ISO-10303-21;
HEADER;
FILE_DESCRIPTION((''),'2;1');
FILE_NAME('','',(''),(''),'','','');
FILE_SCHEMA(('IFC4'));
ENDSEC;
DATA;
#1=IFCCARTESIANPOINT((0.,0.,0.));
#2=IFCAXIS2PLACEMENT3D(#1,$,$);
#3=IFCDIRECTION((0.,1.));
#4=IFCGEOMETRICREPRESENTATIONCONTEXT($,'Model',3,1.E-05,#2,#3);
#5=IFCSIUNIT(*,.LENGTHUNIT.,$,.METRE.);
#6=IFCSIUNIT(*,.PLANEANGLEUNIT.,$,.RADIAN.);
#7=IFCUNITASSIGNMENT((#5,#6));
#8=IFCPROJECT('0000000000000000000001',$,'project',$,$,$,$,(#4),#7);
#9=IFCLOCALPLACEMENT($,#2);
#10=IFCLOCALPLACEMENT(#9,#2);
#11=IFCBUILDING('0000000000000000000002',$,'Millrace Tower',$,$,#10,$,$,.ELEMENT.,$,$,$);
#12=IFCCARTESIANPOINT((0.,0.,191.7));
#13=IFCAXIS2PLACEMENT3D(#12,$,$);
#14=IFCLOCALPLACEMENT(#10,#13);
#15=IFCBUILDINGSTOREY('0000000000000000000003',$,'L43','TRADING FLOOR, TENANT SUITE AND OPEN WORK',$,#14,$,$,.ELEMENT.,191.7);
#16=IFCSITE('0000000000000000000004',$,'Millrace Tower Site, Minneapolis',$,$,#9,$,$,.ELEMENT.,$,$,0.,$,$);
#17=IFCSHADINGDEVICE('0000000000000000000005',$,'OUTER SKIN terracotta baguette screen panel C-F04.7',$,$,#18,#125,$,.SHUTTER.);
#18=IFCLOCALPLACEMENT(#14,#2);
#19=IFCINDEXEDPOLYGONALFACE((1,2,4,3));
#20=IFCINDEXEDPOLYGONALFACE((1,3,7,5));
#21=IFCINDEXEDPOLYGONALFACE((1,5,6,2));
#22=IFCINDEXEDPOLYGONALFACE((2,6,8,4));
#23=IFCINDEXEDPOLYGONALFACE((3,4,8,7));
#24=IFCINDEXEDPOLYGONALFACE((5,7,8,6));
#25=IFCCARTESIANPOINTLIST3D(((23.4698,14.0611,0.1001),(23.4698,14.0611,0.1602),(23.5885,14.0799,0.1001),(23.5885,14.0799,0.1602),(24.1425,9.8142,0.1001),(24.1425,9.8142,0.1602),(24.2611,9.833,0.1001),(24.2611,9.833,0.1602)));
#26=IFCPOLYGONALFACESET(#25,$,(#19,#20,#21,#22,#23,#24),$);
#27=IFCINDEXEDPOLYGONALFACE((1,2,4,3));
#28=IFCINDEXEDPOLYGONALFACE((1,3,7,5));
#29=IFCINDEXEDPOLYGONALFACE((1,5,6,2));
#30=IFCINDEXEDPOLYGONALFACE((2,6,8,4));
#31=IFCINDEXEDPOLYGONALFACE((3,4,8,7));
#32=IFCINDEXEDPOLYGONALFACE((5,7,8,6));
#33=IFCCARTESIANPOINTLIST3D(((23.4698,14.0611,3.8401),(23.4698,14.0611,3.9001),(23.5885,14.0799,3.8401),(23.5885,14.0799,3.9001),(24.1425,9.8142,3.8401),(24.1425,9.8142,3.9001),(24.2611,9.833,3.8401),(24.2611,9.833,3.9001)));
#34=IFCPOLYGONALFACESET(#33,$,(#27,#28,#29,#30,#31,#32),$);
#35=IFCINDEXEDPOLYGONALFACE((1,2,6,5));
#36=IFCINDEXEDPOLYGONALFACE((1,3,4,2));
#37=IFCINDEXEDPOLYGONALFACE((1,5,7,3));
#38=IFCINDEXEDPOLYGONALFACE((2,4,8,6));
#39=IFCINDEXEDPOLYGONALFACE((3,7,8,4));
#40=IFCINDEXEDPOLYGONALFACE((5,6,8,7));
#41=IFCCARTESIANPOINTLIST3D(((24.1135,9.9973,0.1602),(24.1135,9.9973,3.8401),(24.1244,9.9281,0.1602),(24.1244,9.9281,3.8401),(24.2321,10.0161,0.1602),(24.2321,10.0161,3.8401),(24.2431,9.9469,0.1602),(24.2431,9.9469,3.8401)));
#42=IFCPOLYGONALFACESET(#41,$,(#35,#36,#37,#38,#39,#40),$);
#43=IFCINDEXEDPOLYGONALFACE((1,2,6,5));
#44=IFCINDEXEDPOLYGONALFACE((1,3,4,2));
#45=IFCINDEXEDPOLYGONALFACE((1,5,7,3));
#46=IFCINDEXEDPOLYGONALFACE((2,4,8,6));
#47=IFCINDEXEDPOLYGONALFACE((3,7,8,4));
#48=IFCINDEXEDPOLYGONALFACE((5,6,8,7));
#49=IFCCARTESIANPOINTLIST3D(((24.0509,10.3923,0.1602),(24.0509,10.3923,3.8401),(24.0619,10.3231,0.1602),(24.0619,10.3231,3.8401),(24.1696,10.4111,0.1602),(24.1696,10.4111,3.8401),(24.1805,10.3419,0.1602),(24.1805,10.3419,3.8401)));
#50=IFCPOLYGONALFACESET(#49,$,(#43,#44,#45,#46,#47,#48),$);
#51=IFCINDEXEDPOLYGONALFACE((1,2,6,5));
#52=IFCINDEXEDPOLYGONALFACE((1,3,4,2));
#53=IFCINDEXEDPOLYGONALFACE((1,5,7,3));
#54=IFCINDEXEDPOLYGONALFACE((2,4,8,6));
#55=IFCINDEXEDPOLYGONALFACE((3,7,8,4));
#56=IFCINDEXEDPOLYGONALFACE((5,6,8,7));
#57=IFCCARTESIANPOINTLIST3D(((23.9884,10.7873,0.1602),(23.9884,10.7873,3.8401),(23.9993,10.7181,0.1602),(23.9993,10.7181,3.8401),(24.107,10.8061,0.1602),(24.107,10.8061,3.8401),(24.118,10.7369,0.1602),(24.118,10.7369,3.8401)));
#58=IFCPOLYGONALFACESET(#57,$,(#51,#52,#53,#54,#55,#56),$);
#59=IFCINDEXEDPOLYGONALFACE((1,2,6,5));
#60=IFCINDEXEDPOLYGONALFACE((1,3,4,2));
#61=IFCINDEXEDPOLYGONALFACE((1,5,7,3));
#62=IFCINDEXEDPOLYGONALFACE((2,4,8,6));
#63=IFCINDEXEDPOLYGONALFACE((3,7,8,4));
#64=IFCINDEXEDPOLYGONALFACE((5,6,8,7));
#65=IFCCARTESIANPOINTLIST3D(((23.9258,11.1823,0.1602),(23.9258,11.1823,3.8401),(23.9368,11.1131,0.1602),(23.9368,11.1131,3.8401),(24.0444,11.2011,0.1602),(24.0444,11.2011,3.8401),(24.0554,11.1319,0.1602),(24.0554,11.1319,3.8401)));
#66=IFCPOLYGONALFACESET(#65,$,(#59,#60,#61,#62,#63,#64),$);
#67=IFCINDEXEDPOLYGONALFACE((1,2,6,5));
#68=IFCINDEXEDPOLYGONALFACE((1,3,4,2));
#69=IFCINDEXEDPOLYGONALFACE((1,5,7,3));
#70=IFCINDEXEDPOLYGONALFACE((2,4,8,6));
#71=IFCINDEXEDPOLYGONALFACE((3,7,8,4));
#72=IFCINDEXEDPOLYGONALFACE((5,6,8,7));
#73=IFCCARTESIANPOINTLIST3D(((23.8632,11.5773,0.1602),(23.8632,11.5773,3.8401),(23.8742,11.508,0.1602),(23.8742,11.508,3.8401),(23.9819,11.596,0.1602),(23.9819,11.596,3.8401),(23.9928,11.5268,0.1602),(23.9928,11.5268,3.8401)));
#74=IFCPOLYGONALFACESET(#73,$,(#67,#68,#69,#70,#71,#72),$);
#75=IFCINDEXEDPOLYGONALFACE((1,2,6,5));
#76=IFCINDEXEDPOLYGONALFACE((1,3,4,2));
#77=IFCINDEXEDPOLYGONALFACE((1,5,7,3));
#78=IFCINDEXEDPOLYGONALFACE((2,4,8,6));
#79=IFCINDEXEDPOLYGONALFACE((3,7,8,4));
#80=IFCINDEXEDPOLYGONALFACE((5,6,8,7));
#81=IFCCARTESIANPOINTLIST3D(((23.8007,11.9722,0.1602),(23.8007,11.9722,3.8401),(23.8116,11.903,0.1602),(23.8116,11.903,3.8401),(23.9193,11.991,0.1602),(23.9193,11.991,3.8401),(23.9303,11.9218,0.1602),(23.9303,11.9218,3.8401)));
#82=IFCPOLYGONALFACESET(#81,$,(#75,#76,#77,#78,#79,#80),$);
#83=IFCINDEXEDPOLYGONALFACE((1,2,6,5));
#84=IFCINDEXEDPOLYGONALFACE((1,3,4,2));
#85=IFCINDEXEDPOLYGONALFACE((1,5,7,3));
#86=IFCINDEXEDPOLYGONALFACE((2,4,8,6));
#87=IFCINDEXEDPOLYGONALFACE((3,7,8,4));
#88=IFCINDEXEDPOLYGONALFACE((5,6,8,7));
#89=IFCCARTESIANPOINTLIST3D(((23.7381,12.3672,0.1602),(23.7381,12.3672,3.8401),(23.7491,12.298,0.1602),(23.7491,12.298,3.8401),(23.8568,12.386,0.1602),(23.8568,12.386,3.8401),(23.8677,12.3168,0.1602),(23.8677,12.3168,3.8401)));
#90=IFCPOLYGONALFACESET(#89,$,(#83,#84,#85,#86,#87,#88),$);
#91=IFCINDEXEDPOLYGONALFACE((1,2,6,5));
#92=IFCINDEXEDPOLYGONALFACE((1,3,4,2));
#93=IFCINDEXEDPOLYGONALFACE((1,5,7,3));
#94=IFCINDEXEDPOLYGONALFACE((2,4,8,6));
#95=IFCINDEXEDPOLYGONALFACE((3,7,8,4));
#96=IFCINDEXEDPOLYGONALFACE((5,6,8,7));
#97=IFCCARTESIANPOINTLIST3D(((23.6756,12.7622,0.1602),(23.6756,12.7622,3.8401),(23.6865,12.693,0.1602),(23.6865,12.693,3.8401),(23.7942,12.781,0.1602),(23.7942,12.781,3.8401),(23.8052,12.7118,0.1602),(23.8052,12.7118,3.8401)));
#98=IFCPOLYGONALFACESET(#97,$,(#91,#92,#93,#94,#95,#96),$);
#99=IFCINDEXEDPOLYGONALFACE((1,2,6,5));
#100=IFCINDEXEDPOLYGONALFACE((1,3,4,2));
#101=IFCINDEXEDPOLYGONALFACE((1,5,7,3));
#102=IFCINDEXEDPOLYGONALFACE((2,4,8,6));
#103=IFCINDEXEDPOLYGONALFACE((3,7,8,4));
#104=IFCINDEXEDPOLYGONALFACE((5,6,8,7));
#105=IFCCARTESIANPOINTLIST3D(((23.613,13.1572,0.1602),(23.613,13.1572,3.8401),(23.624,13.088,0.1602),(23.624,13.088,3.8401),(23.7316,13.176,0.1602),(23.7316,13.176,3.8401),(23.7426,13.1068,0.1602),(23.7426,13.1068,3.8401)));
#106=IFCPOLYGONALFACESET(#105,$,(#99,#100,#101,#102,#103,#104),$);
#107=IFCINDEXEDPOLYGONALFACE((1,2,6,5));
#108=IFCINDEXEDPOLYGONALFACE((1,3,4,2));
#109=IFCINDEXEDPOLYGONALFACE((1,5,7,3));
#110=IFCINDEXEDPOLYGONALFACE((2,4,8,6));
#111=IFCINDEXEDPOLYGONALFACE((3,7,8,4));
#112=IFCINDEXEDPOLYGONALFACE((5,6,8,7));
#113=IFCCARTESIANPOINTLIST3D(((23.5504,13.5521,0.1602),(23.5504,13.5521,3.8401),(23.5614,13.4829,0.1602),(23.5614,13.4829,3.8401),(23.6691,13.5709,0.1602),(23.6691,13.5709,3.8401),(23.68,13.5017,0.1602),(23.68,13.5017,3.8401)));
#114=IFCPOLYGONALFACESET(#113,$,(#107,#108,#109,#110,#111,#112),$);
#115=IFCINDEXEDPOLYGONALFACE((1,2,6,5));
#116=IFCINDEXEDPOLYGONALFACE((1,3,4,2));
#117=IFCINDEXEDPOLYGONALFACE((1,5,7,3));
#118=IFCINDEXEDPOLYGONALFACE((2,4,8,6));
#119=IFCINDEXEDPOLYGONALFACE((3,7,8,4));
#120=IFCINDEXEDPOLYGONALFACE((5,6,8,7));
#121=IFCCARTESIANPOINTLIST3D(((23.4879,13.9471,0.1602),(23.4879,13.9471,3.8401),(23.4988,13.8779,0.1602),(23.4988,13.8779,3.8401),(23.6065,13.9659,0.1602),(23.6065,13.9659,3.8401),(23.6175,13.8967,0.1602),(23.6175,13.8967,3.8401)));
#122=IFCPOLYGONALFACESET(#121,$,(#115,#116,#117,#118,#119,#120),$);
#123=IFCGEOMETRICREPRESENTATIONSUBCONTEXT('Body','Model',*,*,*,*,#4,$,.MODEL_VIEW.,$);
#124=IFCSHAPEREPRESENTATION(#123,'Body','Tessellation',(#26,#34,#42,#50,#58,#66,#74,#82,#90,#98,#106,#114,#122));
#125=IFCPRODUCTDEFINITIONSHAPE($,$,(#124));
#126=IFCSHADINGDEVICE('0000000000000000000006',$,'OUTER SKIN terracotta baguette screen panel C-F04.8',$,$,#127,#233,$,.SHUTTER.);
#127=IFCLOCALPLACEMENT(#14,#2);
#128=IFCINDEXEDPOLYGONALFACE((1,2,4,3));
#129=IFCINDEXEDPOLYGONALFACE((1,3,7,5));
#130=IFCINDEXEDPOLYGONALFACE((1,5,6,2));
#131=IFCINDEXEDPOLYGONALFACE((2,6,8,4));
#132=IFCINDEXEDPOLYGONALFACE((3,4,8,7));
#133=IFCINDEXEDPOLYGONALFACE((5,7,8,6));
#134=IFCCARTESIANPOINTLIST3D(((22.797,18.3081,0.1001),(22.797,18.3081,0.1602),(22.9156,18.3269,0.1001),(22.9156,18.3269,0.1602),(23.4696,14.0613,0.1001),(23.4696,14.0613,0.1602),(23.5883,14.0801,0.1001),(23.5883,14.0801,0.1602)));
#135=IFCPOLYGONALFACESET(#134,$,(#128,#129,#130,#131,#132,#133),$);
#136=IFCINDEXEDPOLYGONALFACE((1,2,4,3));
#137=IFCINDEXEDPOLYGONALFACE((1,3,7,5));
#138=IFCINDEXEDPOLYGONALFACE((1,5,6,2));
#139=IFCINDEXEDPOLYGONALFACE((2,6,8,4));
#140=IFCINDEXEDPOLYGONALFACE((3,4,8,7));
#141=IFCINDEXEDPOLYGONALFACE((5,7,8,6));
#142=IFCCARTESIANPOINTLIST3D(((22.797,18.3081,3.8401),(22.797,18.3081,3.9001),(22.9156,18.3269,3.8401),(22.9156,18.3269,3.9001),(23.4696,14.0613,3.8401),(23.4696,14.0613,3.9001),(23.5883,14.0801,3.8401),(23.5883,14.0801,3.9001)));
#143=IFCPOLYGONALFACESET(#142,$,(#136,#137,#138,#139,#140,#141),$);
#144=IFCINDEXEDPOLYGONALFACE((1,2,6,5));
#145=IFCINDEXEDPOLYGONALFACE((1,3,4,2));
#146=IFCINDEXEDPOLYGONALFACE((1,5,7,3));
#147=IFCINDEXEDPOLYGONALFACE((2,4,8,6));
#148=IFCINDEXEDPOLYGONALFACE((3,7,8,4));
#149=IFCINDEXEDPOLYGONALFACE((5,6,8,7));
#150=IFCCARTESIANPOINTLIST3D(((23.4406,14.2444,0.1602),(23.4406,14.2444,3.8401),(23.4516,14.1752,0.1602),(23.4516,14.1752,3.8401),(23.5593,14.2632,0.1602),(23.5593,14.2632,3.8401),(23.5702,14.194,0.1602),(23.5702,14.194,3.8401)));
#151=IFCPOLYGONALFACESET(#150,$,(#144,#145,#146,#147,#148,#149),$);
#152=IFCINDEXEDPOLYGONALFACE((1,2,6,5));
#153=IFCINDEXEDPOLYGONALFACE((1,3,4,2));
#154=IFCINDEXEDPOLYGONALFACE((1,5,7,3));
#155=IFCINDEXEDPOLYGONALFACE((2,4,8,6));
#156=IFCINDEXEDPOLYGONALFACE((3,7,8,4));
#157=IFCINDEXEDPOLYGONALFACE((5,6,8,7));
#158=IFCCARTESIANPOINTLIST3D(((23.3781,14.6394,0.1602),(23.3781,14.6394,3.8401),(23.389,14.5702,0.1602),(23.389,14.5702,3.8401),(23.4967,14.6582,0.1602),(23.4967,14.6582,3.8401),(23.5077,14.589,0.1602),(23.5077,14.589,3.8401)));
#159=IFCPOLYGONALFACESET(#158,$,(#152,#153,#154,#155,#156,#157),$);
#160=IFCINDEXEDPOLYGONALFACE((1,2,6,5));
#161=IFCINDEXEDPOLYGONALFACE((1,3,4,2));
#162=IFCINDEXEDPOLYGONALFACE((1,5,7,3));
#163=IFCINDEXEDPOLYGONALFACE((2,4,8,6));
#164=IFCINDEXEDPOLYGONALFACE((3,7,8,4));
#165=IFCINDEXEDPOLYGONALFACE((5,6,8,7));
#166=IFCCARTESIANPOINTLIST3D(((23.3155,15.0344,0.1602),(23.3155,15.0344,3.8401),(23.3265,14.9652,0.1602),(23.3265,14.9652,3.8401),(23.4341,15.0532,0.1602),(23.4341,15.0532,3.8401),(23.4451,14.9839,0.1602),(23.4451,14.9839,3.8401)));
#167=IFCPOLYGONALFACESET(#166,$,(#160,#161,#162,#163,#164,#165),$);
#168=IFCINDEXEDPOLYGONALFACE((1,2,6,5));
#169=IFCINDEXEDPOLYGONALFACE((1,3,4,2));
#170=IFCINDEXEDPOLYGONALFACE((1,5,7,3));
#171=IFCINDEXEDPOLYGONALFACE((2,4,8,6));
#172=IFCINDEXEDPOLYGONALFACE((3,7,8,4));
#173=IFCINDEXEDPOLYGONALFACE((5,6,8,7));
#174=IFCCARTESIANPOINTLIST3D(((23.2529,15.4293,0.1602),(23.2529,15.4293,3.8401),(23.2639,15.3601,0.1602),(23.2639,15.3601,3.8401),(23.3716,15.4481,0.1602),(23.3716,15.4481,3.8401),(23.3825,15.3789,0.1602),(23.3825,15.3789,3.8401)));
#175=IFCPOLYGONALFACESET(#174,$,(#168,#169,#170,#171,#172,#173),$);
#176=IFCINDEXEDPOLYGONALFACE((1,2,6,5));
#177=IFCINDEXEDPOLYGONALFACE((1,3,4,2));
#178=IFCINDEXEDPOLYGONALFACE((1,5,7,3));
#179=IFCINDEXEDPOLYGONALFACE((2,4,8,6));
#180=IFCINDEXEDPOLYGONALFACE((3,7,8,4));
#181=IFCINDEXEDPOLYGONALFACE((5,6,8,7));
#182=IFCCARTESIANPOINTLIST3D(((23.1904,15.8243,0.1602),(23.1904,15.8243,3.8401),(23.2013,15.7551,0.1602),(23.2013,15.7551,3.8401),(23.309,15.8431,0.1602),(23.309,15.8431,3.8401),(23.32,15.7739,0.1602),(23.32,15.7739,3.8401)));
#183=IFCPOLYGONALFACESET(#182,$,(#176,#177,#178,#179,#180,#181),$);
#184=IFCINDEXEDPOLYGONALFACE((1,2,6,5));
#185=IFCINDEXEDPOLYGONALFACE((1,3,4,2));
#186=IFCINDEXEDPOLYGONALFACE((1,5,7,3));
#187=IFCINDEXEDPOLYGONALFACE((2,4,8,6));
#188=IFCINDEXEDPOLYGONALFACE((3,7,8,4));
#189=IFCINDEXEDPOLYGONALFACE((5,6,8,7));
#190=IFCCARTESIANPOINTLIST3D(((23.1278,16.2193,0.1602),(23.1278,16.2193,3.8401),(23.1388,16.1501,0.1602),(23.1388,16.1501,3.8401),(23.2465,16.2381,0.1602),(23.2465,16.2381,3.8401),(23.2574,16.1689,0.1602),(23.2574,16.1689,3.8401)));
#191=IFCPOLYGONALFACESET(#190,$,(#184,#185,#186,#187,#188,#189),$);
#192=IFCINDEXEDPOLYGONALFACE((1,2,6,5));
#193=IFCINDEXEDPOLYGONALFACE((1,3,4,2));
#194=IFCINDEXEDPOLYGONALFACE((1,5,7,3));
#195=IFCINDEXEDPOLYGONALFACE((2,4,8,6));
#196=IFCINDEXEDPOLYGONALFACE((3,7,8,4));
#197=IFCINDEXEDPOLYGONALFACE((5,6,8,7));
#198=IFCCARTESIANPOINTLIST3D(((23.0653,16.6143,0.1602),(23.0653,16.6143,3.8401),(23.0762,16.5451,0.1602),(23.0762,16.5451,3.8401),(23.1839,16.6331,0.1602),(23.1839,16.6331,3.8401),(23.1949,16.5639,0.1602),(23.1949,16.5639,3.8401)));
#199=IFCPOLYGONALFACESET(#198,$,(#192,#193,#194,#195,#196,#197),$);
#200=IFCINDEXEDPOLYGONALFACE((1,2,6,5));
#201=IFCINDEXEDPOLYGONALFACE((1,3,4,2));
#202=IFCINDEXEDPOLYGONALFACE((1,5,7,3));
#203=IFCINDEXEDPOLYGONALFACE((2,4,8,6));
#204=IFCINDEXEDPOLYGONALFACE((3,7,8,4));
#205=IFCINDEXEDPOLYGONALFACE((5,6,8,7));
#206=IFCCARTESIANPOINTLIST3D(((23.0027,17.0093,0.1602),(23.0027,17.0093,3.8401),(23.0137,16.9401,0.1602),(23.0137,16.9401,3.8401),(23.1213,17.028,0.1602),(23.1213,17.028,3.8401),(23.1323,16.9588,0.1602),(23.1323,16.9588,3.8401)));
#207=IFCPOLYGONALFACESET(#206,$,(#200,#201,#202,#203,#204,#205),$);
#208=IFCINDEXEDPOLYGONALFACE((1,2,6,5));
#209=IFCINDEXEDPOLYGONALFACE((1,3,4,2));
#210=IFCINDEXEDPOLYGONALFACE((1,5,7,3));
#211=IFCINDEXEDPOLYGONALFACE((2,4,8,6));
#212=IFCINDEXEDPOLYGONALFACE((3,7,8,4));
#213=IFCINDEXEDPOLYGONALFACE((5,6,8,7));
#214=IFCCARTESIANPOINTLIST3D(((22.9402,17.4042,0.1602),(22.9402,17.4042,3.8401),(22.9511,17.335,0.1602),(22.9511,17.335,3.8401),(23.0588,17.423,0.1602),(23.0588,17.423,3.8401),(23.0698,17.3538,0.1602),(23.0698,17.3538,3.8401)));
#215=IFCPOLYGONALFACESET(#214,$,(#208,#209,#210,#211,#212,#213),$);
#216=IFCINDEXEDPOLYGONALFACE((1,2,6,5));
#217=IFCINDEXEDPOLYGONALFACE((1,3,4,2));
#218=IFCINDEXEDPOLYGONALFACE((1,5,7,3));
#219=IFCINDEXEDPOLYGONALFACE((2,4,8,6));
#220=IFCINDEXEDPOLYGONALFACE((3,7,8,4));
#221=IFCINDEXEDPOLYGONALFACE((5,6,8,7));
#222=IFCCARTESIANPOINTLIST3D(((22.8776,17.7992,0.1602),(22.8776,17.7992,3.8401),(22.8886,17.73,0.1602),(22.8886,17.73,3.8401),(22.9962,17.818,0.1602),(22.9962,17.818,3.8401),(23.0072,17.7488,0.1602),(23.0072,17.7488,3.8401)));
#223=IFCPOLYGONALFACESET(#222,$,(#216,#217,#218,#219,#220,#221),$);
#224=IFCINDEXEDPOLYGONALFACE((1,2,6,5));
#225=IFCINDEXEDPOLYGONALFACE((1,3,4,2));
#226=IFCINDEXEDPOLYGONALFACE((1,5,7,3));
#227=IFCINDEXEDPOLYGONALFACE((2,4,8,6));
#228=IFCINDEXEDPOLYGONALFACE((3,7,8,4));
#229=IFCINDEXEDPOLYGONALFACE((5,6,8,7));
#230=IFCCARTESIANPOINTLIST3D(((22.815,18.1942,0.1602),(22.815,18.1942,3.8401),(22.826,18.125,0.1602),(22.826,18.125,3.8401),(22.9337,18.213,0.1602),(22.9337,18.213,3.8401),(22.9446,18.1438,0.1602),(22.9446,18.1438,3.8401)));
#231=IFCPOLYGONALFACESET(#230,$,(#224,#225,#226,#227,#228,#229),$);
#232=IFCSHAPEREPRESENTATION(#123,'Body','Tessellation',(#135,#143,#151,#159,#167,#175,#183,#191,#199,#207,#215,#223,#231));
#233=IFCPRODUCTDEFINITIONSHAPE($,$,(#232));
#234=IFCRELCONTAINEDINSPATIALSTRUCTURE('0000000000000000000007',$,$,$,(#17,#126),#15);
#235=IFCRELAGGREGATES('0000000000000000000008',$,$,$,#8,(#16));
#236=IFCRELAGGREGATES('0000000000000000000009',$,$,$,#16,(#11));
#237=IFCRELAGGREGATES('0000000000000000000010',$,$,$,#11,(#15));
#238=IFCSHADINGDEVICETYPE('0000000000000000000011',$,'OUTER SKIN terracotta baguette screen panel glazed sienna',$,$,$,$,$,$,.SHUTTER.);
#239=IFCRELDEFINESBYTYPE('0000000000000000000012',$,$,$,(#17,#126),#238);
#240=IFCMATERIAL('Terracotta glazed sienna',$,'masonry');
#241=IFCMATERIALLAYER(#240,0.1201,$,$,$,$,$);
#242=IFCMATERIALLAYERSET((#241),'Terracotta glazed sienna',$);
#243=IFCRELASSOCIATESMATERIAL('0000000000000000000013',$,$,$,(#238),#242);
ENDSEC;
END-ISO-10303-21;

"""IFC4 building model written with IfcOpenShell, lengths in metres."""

from ifc_helpers import new_model, entity, si_unit, direction, frame, frame_2d, origin, origin_2d, place, context, subcontext, project, spatial, rectangle, extrude, source, transform, mapped, material, layer, layer_set, type_object, element, save


model = new_model("IFC4")

# Units and contexts
model_context = context("Model", 3, precision=1e-05, world=origin(), true_north=direction((0.0, 1.0)))
body_context = subcontext(model_context, "Body", "Model", "MODEL_VIEW")
ifc_project = project(units=[si_unit("LENGTHUNIT", "METRE"), si_unit("PLANEANGLEUNIT", "RADIAN")], contexts=[model_context])

# Site, building, storey
site_placement = place(None, origin())
site = spatial("IfcSite", under=ifc_project, at=site_placement, Name="Millrace Tower Site, Minneapolis", CompositionType="ELEMENT", RefElevation=0.0)
building_placement = place(site_placement, origin())
building = spatial("IfcBuilding", under=site, at=building_placement, Name="Millrace Tower", CompositionType="ELEMENT")
storey_placement = place(building_placement, frame((0.0, 0.0, 191.7)))
storey = spatial("IfcBuildingStorey", under=building, at=storey_placement, Name="L43", Description="TRADING FLOOR, TENANT SUITE AND OPEN WORK", CompositionType="ELEMENT", Elevation=191.7)

# Shading devices
ifc_material_1 = material(Name="Terracotta glazed sienna", Category="masonry")
ifc_layer_1 = layer(ifc_material_1, 0.1201)
ifc_layer_set_1 = layer_set([ifc_layer_1], Name="Terracotta glazed sienna")
shading_device_type = type_object("IfcShadingDeviceType", Name="OUTER SKIN terracotta baguette screen panel glazed sienna", PredefinedType="SHUTTER", material=ifc_layer_set_1)
cartesian_point_1 = entity("IfcCartesianPoint", [-2.1499, 0.0601])
shared_polyline_1 = entity("IfcPolyline", [cartesian_point_1, entity("IfcCartesianPoint", [2.1499, 0.0601]), entity("IfcCartesianPoint", [2.1499, -0.0601]), entity("IfcCartesianPoint", [-2.1499, -0.0601]), cartesian_point_1])
shared_shape_1 = source(origin(), body_context, "Body", "SweptSolid", [
    entity("IfcExtrudedAreaSolid", entity("IfcArbitraryClosedProfileDef", "AREA", None, shared_polyline_1), entity("IfcAxis2Placement3D", entity("IfcCartesianPoint", [0.0, 0.0, 0.0])), entity("IfcDirection", [0.0, 0.0, 1.0]), 0.0601),
    entity("IfcExtrudedAreaSolid", entity("IfcArbitraryClosedProfileDef", "AREA", None, shared_polyline_1), entity("IfcAxis2Placement3D", entity("IfcCartesianPoint", [0.0, 0.0, 3.74])), entity("IfcDirection", [0.0, 0.0, 1.0]), 0.0601),
    extrude(rectangle(XDim=0.0701, YDim=0.1201, at=frame_2d((-1.9995, 0.0))), frame((0.0, 0.0, 0.0601)), (0.0, 0.0, 1.0), 3.6799),
    extrude(rectangle(XDim=0.0701, YDim=0.1201, at=frame_2d((-1.5996, 0.0))), frame((0.0, 0.0, 0.0601)), (0.0, 0.0, 1.0), 3.6799),
    extrude(rectangle(XDim=0.0701, YDim=0.1201, at=frame_2d((-1.1997, 0.0))), frame((0.0, 0.0, 0.0601)), (0.0, 0.0, 1.0), 3.6799),
    extrude(rectangle(XDim=0.0701, YDim=0.1201, at=frame_2d((-0.7998, 0.0))), frame((0.0, 0.0, 0.0601)), (0.0, 0.0, 1.0), 3.6799),
    extrude(rectangle(XDim=0.0701, YDim=0.1201, at=frame_2d((-0.3999, 0.0))), frame((0.0, 0.0, 0.0601)), (0.0, 0.0, 1.0), 3.6799),
    extrude(rectangle(XDim=0.0701, YDim=0.1201, at=origin_2d()), frame((0.0, 0.0, 0.0601)), (0.0, 0.0, 1.0), 3.6799),
    extrude(rectangle(XDim=0.0701, YDim=0.1201, at=frame_2d((0.3999, 0.0))), frame((0.0, 0.0, 0.0601)), (0.0, 0.0, 1.0), 3.6799),
    extrude(rectangle(XDim=0.0701, YDim=0.1201, at=frame_2d((0.7998, 0.0))), frame((0.0, 0.0, 0.0601)), (0.0, 0.0, 1.0), 3.6799),
    extrude(rectangle(XDim=0.0701, YDim=0.1201, at=frame_2d((1.1997, 0.0))), frame((0.0, 0.0, 0.0601)), (0.0, 0.0, 1.0), 3.6799),
    extrude(rectangle(XDim=0.0701, YDim=0.1201, at=frame_2d((1.5996, 0.0))), frame((0.0, 0.0, 0.0601)), (0.0, 0.0, 1.0), 3.6799),
    extrude(rectangle(XDim=0.0701, YDim=0.1201, at=frame_2d((1.9995, 0.0))), frame((0.0, 0.0, 0.0601)), (0.0, 0.0, 1.0), 3.6799),
])
for number, where, z_axis, x_axis, name in (
    (1, (23.8655, 11.947, 0.1001), (0.0, 0.0, 1.0), (-0.156434, 0.987688, 0.0), "OUTER SKIN terracotta baguette screen panel C-F04.7"),
    (2, (23.1926, 16.1941, 0.1001), (0.0, 0.0, 1.0), (-0.156434, 0.987688, 0.0), "OUTER SKIN terracotta baguette screen panel C-F04.8"),
):
    element("IfcShadingDevice", number, at=place(storey_placement, frame(where, z_axis=z_axis, x_axis=x_axis)), inside=storey, type_object=shading_device_type, Name=name, PredefinedType="SHUTTER", context=body_context, shape_type="MappedRepresentation", body=[
        mapped(shared_shape_1, transform((0.0, 0.0, 0.0), scale=1.0)),
    ])

save(model, "model.ifc")
